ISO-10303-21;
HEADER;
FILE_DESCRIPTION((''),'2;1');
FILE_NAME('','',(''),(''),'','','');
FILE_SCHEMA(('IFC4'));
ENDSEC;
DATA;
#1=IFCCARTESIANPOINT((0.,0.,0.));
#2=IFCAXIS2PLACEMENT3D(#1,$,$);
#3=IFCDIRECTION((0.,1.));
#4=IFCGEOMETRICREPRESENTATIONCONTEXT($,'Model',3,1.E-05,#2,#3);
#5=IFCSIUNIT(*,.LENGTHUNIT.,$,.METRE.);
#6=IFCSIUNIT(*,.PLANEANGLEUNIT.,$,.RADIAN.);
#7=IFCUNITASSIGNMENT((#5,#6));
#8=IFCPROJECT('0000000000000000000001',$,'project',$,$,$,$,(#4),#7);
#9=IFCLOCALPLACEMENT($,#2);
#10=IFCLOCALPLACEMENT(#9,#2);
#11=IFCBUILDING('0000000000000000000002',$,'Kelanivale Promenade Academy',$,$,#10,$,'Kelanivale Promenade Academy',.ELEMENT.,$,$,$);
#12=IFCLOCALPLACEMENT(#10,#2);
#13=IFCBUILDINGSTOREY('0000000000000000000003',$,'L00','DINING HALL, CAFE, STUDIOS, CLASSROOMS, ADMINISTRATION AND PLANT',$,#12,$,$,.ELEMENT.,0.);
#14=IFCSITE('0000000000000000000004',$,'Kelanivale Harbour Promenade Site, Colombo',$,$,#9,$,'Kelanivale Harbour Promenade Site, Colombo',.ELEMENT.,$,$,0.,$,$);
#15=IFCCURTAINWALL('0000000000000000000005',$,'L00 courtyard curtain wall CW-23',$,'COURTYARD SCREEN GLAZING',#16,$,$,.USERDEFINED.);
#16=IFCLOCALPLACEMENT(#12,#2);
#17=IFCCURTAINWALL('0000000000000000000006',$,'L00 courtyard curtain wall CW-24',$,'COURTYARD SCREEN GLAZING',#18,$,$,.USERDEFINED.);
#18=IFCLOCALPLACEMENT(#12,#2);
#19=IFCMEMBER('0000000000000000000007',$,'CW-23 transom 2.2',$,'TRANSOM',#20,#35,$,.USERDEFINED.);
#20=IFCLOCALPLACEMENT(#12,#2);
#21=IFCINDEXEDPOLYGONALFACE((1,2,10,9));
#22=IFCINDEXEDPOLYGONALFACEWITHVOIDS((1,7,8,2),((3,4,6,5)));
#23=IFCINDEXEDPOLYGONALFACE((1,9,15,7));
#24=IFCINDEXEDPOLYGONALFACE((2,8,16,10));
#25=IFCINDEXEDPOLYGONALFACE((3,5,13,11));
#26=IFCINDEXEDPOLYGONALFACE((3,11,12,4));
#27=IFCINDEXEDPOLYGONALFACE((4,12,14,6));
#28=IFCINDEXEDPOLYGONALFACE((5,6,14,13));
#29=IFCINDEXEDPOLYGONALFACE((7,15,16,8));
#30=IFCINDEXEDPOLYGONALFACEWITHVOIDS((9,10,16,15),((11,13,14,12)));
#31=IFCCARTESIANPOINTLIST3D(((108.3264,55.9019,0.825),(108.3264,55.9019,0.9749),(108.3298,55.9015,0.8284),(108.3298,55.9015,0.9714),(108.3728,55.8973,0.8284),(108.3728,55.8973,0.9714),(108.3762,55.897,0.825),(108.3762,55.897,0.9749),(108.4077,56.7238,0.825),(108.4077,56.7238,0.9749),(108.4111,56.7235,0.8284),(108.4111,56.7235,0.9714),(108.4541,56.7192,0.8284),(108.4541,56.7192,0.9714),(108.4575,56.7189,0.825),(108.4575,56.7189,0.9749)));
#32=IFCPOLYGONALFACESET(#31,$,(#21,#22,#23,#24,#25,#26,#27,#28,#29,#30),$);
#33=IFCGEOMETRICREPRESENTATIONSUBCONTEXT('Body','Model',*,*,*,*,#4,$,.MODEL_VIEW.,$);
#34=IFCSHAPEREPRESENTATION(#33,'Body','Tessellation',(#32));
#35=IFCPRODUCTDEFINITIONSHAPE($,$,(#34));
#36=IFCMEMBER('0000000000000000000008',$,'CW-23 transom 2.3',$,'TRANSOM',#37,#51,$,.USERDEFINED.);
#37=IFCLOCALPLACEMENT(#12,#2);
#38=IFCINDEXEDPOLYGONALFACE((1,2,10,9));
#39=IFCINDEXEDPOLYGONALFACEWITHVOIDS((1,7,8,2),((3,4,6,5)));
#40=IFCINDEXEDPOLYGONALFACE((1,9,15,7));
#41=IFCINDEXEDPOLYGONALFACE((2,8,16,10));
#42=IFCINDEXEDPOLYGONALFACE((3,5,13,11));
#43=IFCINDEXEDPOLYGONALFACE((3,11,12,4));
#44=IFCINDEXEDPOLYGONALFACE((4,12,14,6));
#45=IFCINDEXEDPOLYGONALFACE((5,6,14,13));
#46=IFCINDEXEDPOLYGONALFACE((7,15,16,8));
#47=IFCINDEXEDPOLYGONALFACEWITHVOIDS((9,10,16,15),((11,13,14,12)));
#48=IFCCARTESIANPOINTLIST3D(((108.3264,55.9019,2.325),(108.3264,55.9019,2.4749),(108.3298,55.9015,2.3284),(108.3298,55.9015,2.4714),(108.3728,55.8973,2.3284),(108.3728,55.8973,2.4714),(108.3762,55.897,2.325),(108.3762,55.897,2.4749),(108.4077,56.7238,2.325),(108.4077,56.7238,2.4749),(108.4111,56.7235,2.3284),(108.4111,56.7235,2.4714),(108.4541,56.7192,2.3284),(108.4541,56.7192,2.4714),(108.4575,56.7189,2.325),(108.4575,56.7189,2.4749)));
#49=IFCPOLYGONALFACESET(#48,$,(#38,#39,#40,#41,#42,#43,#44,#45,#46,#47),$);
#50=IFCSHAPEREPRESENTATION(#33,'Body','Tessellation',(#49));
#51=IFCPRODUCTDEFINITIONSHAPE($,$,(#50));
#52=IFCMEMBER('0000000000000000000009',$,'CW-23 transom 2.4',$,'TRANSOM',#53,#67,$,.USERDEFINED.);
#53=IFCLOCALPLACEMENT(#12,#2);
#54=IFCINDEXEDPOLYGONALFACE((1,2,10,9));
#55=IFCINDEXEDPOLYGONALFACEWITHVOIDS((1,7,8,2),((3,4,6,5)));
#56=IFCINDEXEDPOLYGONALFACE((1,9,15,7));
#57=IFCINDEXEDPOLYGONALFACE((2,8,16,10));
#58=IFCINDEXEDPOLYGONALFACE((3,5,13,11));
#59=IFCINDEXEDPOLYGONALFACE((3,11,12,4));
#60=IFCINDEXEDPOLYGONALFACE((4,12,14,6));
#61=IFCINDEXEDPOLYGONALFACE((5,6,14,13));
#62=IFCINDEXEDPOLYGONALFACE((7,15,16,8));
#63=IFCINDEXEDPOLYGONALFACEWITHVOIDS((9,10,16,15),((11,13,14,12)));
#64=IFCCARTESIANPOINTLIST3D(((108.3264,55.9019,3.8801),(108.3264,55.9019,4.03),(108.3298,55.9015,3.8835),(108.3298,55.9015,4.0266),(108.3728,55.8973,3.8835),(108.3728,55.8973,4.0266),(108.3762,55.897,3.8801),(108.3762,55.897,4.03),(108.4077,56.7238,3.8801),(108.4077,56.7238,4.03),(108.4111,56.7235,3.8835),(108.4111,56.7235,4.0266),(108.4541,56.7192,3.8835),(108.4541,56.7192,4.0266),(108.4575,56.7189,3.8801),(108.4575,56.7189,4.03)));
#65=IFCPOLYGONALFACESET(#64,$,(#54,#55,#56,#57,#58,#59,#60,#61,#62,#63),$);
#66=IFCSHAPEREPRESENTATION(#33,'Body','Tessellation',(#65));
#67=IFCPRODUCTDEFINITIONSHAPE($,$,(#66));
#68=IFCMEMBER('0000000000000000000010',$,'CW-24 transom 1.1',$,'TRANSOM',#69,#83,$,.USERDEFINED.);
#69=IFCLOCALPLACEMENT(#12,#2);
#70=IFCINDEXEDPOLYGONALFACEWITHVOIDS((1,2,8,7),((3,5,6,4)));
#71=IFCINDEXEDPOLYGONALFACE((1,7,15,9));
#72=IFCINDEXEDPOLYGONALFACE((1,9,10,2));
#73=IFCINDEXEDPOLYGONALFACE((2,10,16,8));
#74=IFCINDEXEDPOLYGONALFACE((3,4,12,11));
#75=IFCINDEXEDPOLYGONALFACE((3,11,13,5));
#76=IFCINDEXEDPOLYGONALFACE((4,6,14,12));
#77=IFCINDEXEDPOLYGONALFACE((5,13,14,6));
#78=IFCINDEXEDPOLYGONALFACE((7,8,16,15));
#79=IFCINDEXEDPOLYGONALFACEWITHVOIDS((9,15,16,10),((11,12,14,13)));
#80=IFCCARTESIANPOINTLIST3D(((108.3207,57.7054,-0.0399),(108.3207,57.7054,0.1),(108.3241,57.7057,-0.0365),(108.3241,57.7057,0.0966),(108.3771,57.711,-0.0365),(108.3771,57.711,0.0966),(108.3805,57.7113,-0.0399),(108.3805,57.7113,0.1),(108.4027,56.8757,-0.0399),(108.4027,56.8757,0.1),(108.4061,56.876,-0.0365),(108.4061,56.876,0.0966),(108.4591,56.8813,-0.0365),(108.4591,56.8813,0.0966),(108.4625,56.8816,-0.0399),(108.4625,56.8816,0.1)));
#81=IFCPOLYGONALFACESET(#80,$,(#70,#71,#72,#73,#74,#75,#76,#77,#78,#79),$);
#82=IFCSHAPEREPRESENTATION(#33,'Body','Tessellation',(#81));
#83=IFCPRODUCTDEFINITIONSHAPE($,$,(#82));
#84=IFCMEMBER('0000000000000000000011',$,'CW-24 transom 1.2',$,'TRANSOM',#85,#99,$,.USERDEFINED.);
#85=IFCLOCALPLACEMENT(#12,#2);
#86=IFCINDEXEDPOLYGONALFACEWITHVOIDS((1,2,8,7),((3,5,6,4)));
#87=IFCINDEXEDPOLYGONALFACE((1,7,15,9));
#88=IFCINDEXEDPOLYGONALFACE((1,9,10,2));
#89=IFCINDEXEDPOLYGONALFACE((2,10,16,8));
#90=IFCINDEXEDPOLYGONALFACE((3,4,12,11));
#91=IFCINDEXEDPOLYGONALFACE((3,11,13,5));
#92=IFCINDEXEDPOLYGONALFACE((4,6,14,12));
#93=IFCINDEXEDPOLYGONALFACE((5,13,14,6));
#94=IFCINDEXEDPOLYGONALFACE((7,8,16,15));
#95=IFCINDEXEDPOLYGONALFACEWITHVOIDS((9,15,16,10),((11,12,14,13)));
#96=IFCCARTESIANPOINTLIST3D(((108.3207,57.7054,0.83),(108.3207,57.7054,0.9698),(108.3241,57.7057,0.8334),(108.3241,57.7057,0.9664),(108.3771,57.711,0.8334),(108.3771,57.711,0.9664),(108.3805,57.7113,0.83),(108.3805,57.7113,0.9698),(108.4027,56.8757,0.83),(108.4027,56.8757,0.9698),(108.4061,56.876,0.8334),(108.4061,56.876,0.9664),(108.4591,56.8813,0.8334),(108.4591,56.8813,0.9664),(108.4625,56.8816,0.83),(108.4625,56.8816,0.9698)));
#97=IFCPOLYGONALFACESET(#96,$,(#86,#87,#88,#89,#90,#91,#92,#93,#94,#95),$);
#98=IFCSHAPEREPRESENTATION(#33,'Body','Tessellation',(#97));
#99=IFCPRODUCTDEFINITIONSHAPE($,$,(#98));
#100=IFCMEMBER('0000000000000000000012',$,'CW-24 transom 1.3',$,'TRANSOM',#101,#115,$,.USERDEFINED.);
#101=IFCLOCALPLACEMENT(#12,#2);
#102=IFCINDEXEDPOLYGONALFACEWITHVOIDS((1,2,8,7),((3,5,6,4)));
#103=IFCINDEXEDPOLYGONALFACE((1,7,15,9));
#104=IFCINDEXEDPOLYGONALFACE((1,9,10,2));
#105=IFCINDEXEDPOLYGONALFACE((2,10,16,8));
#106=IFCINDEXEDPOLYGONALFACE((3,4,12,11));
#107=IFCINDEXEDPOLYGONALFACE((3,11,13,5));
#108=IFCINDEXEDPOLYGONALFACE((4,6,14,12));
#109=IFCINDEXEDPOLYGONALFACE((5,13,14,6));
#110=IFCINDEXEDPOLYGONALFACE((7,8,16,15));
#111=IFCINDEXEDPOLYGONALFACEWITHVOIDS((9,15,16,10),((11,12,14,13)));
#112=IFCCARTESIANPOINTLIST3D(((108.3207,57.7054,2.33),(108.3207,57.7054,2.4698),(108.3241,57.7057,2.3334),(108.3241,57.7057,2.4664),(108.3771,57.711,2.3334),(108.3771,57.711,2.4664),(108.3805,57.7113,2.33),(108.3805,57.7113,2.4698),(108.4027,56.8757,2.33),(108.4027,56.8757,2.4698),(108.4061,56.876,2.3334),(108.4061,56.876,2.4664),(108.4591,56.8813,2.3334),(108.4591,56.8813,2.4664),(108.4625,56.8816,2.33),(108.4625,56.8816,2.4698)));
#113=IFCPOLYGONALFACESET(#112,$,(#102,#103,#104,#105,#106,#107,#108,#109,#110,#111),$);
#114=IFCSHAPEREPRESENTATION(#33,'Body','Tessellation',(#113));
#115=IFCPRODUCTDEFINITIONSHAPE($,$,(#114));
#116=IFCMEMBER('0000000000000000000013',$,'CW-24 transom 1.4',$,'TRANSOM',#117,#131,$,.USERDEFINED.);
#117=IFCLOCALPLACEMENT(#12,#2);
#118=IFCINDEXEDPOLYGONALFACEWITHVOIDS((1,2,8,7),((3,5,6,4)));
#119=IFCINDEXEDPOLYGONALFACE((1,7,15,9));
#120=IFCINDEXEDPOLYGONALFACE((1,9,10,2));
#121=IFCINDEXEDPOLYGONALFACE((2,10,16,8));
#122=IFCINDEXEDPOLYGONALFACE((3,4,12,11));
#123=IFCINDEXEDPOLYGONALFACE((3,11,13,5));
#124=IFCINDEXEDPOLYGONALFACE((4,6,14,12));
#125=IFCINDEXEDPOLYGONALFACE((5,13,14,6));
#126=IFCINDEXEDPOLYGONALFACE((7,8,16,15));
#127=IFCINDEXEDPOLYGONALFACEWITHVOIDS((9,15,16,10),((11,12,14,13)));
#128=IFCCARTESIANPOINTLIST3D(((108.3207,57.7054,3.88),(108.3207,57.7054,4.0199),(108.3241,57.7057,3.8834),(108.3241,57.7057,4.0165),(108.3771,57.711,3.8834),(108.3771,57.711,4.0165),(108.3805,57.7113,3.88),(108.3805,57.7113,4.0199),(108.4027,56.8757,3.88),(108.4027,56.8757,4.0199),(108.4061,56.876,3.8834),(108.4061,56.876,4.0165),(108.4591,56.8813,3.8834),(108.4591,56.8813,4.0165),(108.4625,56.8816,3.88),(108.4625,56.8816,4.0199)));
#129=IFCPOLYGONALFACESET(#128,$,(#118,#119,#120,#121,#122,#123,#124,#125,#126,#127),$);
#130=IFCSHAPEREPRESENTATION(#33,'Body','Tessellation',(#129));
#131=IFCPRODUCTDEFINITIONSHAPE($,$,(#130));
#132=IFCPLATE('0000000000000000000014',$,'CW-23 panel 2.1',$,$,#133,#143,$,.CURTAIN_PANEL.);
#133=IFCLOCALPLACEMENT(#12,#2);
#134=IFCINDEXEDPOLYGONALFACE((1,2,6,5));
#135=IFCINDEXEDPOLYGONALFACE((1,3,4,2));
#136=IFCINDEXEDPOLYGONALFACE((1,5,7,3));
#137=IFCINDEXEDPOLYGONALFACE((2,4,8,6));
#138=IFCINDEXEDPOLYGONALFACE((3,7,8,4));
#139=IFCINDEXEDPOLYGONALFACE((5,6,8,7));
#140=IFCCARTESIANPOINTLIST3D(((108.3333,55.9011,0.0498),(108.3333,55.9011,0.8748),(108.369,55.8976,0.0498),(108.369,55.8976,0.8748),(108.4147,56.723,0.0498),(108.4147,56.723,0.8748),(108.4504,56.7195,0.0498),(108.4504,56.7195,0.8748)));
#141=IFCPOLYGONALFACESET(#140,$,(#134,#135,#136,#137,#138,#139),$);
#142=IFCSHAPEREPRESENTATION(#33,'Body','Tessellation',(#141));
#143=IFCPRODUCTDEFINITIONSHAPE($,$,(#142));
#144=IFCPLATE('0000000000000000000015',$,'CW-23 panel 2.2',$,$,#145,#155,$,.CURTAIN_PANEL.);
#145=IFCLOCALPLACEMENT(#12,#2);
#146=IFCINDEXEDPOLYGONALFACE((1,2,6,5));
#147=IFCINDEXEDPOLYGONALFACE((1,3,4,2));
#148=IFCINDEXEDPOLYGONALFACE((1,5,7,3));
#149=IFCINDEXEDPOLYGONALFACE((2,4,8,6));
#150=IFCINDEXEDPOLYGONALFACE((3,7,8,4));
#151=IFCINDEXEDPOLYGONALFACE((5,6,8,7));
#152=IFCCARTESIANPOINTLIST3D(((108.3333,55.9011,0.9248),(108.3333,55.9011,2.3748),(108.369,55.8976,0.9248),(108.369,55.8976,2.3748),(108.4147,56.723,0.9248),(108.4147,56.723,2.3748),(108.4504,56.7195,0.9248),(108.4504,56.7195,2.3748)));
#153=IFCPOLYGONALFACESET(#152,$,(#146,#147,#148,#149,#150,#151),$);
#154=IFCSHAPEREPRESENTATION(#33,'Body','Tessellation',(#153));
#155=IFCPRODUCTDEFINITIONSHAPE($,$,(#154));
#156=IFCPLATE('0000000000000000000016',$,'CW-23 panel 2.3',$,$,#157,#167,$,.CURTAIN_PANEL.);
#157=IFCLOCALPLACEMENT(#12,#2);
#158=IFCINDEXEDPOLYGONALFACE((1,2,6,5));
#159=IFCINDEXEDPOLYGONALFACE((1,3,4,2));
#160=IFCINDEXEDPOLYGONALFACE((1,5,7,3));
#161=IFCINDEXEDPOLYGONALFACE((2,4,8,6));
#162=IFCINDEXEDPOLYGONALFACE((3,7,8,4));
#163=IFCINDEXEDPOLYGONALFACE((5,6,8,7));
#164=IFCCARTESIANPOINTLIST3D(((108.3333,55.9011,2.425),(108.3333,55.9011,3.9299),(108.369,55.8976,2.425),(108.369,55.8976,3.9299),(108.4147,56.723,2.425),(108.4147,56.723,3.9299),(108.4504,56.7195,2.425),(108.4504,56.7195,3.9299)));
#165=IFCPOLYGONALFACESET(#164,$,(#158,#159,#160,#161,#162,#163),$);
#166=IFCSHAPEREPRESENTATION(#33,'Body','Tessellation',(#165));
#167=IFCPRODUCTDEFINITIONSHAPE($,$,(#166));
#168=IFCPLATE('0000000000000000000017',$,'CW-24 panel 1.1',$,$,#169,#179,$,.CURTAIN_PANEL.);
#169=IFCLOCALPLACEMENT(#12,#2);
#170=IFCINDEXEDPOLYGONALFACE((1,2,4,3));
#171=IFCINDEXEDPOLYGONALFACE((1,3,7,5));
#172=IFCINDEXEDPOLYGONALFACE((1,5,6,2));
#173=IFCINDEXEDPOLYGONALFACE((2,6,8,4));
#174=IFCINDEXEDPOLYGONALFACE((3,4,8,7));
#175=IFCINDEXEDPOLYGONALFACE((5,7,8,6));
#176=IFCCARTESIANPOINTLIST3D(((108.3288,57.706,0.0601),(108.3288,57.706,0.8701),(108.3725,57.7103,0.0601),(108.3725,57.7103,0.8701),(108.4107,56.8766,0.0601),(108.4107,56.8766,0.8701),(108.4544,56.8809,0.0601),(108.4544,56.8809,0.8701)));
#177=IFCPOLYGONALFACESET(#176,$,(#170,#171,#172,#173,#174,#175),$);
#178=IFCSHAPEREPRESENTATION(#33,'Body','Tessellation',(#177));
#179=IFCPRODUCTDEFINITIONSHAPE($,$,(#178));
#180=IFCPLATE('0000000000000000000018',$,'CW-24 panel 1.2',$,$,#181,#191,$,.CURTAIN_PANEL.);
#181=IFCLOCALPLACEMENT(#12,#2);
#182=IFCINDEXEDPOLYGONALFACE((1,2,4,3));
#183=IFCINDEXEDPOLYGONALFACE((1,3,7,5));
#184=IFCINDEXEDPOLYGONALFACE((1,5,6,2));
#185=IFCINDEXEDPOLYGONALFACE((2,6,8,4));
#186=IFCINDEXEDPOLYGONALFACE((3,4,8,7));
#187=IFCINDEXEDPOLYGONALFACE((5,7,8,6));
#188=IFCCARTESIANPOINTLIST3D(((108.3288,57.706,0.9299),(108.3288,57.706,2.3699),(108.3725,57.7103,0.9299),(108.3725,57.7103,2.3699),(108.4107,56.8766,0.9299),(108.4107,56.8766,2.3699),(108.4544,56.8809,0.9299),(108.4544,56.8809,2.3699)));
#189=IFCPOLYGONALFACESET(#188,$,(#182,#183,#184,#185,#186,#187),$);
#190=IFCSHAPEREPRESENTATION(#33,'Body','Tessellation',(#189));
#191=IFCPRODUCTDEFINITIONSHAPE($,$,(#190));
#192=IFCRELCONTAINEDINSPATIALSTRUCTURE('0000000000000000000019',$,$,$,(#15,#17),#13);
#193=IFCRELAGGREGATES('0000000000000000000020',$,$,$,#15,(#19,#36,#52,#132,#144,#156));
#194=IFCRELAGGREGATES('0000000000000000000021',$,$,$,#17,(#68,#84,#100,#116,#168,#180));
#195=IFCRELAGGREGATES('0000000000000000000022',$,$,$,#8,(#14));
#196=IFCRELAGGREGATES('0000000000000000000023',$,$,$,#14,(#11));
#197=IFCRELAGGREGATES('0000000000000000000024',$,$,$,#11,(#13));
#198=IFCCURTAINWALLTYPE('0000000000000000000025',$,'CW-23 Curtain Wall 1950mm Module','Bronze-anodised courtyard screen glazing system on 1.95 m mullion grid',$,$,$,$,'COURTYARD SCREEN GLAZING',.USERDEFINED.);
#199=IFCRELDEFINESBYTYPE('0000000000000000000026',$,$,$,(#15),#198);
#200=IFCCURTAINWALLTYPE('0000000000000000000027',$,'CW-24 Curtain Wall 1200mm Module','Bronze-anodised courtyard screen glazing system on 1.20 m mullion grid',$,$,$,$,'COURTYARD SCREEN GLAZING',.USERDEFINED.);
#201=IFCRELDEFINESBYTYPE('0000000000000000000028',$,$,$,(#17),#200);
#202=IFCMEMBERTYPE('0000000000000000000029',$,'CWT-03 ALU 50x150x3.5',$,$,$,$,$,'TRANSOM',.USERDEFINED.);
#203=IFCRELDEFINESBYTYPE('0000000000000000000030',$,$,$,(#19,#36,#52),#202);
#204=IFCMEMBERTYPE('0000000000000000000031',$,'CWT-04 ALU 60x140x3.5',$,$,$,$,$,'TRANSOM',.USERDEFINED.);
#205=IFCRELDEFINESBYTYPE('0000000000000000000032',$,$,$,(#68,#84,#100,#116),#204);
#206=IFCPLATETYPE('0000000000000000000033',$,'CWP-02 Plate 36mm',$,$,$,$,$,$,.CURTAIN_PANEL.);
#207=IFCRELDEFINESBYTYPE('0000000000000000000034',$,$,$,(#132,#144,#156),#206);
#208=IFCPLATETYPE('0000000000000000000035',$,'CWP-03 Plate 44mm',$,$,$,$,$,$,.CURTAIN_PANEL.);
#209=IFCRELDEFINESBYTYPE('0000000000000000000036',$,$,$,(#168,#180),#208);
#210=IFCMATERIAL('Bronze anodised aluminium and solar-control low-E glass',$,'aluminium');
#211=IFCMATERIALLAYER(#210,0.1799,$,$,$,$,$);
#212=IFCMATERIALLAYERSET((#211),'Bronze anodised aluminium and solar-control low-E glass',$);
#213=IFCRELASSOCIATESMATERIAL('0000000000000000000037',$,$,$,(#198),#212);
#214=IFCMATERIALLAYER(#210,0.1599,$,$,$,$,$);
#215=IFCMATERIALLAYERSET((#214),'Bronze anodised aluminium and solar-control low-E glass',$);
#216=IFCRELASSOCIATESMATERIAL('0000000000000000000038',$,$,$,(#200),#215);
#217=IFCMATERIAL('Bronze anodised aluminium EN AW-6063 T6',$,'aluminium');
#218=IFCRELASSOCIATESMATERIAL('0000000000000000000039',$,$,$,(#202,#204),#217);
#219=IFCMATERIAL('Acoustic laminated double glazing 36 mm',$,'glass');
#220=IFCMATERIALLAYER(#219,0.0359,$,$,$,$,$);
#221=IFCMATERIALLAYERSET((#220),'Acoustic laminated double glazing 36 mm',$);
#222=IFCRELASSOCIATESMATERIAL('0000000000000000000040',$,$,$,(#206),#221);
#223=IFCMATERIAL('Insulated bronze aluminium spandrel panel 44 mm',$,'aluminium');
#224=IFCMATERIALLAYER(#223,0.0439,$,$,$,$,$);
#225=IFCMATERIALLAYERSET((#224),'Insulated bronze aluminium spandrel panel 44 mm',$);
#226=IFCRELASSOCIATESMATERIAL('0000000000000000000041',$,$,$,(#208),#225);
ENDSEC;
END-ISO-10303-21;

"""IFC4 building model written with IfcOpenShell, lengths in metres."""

from ifc_helpers import new_model, si_unit, direction, frame, origin, origin_2d, place, context, subcontext, project, spatial, rectangle, hollow_rectangle, extrude, material, layer, layer_set, material_profile, profile_set, type_object, element, aggregate, save


model = new_model("IFC4")

# Units and contexts
model_context = context("Model", 3, precision=1e-05, world=origin(), true_north=direction((0.0, 1.0)))
body_context = subcontext(model_context, "Body", "Model", "MODEL_VIEW")
ifc_project = project(units=[si_unit("LENGTHUNIT", "METRE"), si_unit("PLANEANGLEUNIT", "RADIAN")], contexts=[model_context])

# Site, building, storey
site_placement = place(None, origin())
site = spatial("IfcSite", under=ifc_project, at=site_placement, Name="Kelanivale Harbour Promenade Site, Colombo", LongName="Kelanivale Harbour Promenade Site, Colombo", CompositionType="ELEMENT", RefElevation=0.0)
building_placement = place(site_placement, origin())
building = spatial("IfcBuilding", under=site, at=building_placement, Name="Kelanivale Promenade Academy", LongName="Kelanivale Promenade Academy", CompositionType="ELEMENT")
storey_placement = place(building_placement, origin())
storey = spatial("IfcBuildingStorey", under=building, at=storey_placement, Name="L00", Description="DINING HALL, CAFE, STUDIOS, CLASSROOMS, ADMINISTRATION AND PLANT", CompositionType="ELEMENT", Elevation=0.0)

# Curtain walls
ifc_material_1 = material(Name="Bronze anodised aluminium and solar-control low-E glass", Category="aluminium")
ifc_layer_1 = layer(ifc_material_1, 0.1799)
ifc_layer_set_1 = layer_set([ifc_layer_1], Name="Bronze anodised aluminium and solar-control low-E glass")
curtain_wall_type_1 = type_object("IfcCurtainWallType", Name="CW-23 Curtain Wall 1950mm Module", Description="Bronze-anodised courtyard screen glazing system on 1.95 m mullion grid", ElementType="COURTYARD SCREEN GLAZING", PredefinedType="USERDEFINED", material=ifc_layer_set_1)
curtain_wall_1_placement = place(storey_placement, origin())
curtain_wall_1 = element("IfcCurtainWall", 1, at=curtain_wall_1_placement, inside=storey, type_object=curtain_wall_type_1, Name="L00 courtyard curtain wall CW-23", ObjectType="COURTYARD SCREEN GLAZING", PredefinedType="USERDEFINED")
ifc_material_2 = material(Name="Bronze anodised aluminium EN AW-6063 T6", Category="aluminium")
ifc_layer_2 = layer(ifc_material_1, 0.1599)
ifc_layer_set_2 = layer_set([ifc_layer_2], Name="Bronze anodised aluminium and solar-control low-E glass")
curtain_wall_type_2 = type_object("IfcCurtainWallType", Name="CW-24 Curtain Wall 1200mm Module", Description="Bronze-anodised courtyard screen glazing system on 1.20 m mullion grid", ElementType="COURTYARD SCREEN GLAZING", PredefinedType="USERDEFINED", material=ifc_layer_set_2)
curtain_wall_2_placement = place(storey_placement, origin())
curtain_wall_2 = element("IfcCurtainWall", 2, at=curtain_wall_2_placement, inside=storey, type_object=curtain_wall_type_2, Name="L00 courtyard curtain wall CW-24", ObjectType="COURTYARD SCREEN GLAZING", PredefinedType="USERDEFINED")

# Members
ifc_material_profile_1 = material_profile(ifc_material_2, hollow_rectangle(XDim=0.05, YDim=0.1499, WallThickness=0.0034, at=origin_2d()), Name="ALU 50x150x3.5")
ifc_profile_set_1 = profile_set([ifc_material_profile_1], Name="Bronze anodised aluminium EN AW-6063 T6")
member_type_1 = type_object("IfcMemberType", Name="CWT-03 ALU 50x150x3.5", ElementType="TRANSOM", PredefinedType="USERDEFINED", material=ifc_profile_set_1)
member_1_placement = place(storey_placement, frame((108.3513, 55.8994, 0.8999), z_axis=(0.098421, 0.995145, 0.0), x_axis=(-0.995145, 0.098421, 0.0)))
member_1 = element("IfcMember", 3, at=member_1_placement, type_object=member_type_1, Name="CW-23 transom 2.2", ObjectType="TRANSOM", PredefinedType="USERDEFINED", context=body_context, shape_type="SweptSolid", body=[
    extrude(hollow_rectangle(XDim=0.05, YDim=0.1499, WallThickness=0.0034, at=origin_2d()), origin(), (0.0, 0.0, 1.0), 0.8259),
])
member_2_placement = place(storey_placement, frame((108.3513, 55.8994, 2.3999), z_axis=(0.098421, 0.995145, 0.0), x_axis=(-0.995145, 0.098421, 0.0)))
member_2 = element("IfcMember", 4, at=member_2_placement, type_object=member_type_1, Name="CW-23 transom 2.3", ObjectType="TRANSOM", PredefinedType="USERDEFINED", context=body_context, shape_type="SweptSolid", body=[
    extrude(hollow_rectangle(XDim=0.05, YDim=0.1499, WallThickness=0.0034, at=origin_2d()), origin(), (0.0, 0.0, 1.0), 0.8259),
])
member_3_placement = place(storey_placement, frame((108.3513, 55.8994, 3.9551), z_axis=(0.098421, 0.995145, 0.0), x_axis=(-0.995145, 0.098421, 0.0)))
member_3 = element("IfcMember", 5, at=member_3_placement, type_object=member_type_1, Name="CW-23 transom 2.4", ObjectType="TRANSOM", PredefinedType="USERDEFINED", context=body_context, shape_type="SweptSolid", body=[
    extrude(hollow_rectangle(XDim=0.05, YDim=0.1499, WallThickness=0.0034, at=origin_2d()), origin(), (0.0, 0.0, 1.0), 0.8259),
])
ifc_material_profile_2 = material_profile(ifc_material_2, hollow_rectangle(XDim=0.0601, YDim=0.1399, WallThickness=0.0034, at=origin_2d()), Name="ALU 60x140x3.5")
ifc_profile_set_2 = profile_set([ifc_material_profile_2], Name="Bronze anodised aluminium EN AW-6063 T6")
member_type_2 = type_object("IfcMemberType", Name="CWT-04 ALU 60x140x3.5", ElementType="TRANSOM", PredefinedType="USERDEFINED", material=ifc_profile_set_2)
member_4_placement = place(storey_placement, frame((108.4326, 56.8787, 0.03), z_axis=(-0.098402, 0.995147, 0.0), x_axis=(-0.995147, -0.098402, 0.0)))
member_4 = element("IfcMember", 6, at=member_4_placement, type_object=member_type_2, Name="CW-24 transom 1.1", ObjectType="TRANSOM", PredefinedType="USERDEFINED", context=body_context, shape_type="SweptSolid", body=[
    extrude(hollow_rectangle(XDim=0.0601, YDim=0.1399, WallThickness=0.0034, at=origin_2d()), origin(), (0.0, 0.0, 1.0), 0.8337),
])
member_5_placement = place(storey_placement, frame((108.4326, 56.8787, 0.8999), z_axis=(-0.098402, 0.995147, 0.0), x_axis=(-0.995147, -0.098402, 0.0)))
member_5 = element("IfcMember", 7, at=member_5_placement, type_object=member_type_2, Name="CW-24 transom 1.2", ObjectType="TRANSOM", PredefinedType="USERDEFINED", context=body_context, shape_type="SweptSolid", body=[
    extrude(hollow_rectangle(XDim=0.0601, YDim=0.1399, WallThickness=0.0034, at=origin_2d()), origin(), (0.0, 0.0, 1.0), 0.8337),
])
member_6_placement = place(storey_placement, frame((108.4326, 56.8787, 2.3999), z_axis=(-0.098402, 0.995147, 0.0), x_axis=(-0.995147, -0.098402, 0.0)))
member_6 = element("IfcMember", 8, at=member_6_placement, type_object=member_type_2, Name="CW-24 transom 1.3", ObjectType="TRANSOM", PredefinedType="USERDEFINED", context=body_context, shape_type="SweptSolid", body=[
    extrude(hollow_rectangle(XDim=0.0601, YDim=0.1399, WallThickness=0.0034, at=origin_2d()), origin(), (0.0, 0.0, 1.0), 0.8337),
])
member_7_placement = place(storey_placement, frame((108.4326, 56.8787, 3.95), z_axis=(-0.098402, 0.995147, 0.0), x_axis=(-0.995147, -0.098402, 0.0)))
member_7 = element("IfcMember", 9, at=member_7_placement, type_object=member_type_2, Name="CW-24 transom 1.4", ObjectType="TRANSOM", PredefinedType="USERDEFINED", context=body_context, shape_type="SweptSolid", body=[
    extrude(hollow_rectangle(XDim=0.0601, YDim=0.1399, WallThickness=0.0034, at=origin_2d()), origin(), (0.0, 0.0, 1.0), 0.8337),
])

# Plates
ifc_material_3 = material(Name="Acoustic laminated double glazing 36 mm", Category="glass")
ifc_layer_3 = layer(ifc_material_3, 0.0359)
ifc_layer_set_3 = layer_set([ifc_layer_3], Name="Acoustic laminated double glazing 36 mm")
plate_type_1 = type_object("IfcPlateType", Name="CWP-02 Plate 36mm", PredefinedType="CURTAIN_PANEL", material=ifc_layer_set_3)
plate_1_placement = place(storey_placement, frame((108.3918, 56.3103, 0.0498), z_axis=(0.0, 0.0, 1.0), x_axis=(0.098539, 0.995133, 0.0)))
plate_1 = element("IfcPlate", 10, at=plate_1_placement, type_object=plate_type_1, Name="CW-23 panel 2.1", PredefinedType="CURTAIN_PANEL", context=body_context, shape_type="SweptSolid", body=[
    extrude(rectangle(XDim=0.8259, YDim=0.0359, at=origin_2d()), origin(), (0.0, 0.0, 1.0), 0.825),
])
plate_2_placement = place(storey_placement, frame((108.3918, 56.3103, 0.9248), z_axis=(0.0, 0.0, 1.0), x_axis=(0.098539, 0.995133, 0.0)))
plate_2 = element("IfcPlate", 11, at=plate_2_placement, type_object=plate_type_1, Name="CW-23 panel 2.2", PredefinedType="CURTAIN_PANEL", context=body_context, shape_type="SweptSolid", body=[
    extrude(rectangle(XDim=0.8259, YDim=0.0359, at=origin_2d()), origin(), (0.0, 0.0, 1.0), 1.45),
])
plate_3_placement = place(storey_placement, frame((108.3918, 56.3103, 2.425), z_axis=(0.0, 0.0, 1.0), x_axis=(0.098539, 0.995133, 0.0)))
plate_3 = element("IfcPlate", 12, at=plate_3_placement, type_object=plate_type_1, Name="CW-23 panel 2.3", PredefinedType="CURTAIN_PANEL", context=body_context, shape_type="SweptSolid", body=[
    extrude(rectangle(XDim=0.8259, YDim=0.0359, at=origin_2d()), origin(), (0.0, 0.0, 1.0), 1.5049),
])
aggregate(curtain_wall_1, [member_1, member_2, member_3, plate_1, plate_2, plate_3])
ifc_material_4 = material(Name="Insulated bronze aluminium spandrel panel 44 mm", Category="aluminium")
ifc_layer_4 = layer(ifc_material_4, 0.0439)
ifc_layer_set_4 = layer_set([ifc_layer_4], Name="Insulated bronze aluminium spandrel panel 44 mm")
plate_type_2 = type_object("IfcPlateType", Name="CWP-03 Plate 44mm", PredefinedType="CURTAIN_PANEL", material=ifc_layer_set_4)
plate_4_placement = place(storey_placement, frame((108.3916, 57.2935, 0.0601), z_axis=(0.0, 0.0, 1.0), x_axis=(-0.098281, 0.995159, 0.0)))
plate_4 = element("IfcPlate", 13, at=plate_4_placement, type_object=plate_type_2, Name="CW-24 panel 1.1", PredefinedType="CURTAIN_PANEL", context=body_context, shape_type="SweptSolid", body=[
    extrude(rectangle(XDim=0.8335, YDim=0.0439, at=origin_2d()), origin(), (0.0, 0.0, 1.0), 0.8101),
])
plate_5_placement = place(storey_placement, frame((108.3916, 57.2935, 0.9299), z_axis=(0.0, 0.0, 1.0), x_axis=(-0.098281, 0.995159, 0.0)))
plate_5 = element("IfcPlate", 14, at=plate_5_placement, type_object=plate_type_2, Name="CW-24 panel 1.2", PredefinedType="CURTAIN_PANEL", context=body_context, shape_type="SweptSolid", body=[
    extrude(rectangle(XDim=0.8335, YDim=0.0439, at=origin_2d()), origin(), (0.0, 0.0, 1.0), 1.4399),
])
aggregate(curtain_wall_2, [member_4, member_5, member_6, member_7, plate_4, plate_5])

save(model, "model.ifc")
